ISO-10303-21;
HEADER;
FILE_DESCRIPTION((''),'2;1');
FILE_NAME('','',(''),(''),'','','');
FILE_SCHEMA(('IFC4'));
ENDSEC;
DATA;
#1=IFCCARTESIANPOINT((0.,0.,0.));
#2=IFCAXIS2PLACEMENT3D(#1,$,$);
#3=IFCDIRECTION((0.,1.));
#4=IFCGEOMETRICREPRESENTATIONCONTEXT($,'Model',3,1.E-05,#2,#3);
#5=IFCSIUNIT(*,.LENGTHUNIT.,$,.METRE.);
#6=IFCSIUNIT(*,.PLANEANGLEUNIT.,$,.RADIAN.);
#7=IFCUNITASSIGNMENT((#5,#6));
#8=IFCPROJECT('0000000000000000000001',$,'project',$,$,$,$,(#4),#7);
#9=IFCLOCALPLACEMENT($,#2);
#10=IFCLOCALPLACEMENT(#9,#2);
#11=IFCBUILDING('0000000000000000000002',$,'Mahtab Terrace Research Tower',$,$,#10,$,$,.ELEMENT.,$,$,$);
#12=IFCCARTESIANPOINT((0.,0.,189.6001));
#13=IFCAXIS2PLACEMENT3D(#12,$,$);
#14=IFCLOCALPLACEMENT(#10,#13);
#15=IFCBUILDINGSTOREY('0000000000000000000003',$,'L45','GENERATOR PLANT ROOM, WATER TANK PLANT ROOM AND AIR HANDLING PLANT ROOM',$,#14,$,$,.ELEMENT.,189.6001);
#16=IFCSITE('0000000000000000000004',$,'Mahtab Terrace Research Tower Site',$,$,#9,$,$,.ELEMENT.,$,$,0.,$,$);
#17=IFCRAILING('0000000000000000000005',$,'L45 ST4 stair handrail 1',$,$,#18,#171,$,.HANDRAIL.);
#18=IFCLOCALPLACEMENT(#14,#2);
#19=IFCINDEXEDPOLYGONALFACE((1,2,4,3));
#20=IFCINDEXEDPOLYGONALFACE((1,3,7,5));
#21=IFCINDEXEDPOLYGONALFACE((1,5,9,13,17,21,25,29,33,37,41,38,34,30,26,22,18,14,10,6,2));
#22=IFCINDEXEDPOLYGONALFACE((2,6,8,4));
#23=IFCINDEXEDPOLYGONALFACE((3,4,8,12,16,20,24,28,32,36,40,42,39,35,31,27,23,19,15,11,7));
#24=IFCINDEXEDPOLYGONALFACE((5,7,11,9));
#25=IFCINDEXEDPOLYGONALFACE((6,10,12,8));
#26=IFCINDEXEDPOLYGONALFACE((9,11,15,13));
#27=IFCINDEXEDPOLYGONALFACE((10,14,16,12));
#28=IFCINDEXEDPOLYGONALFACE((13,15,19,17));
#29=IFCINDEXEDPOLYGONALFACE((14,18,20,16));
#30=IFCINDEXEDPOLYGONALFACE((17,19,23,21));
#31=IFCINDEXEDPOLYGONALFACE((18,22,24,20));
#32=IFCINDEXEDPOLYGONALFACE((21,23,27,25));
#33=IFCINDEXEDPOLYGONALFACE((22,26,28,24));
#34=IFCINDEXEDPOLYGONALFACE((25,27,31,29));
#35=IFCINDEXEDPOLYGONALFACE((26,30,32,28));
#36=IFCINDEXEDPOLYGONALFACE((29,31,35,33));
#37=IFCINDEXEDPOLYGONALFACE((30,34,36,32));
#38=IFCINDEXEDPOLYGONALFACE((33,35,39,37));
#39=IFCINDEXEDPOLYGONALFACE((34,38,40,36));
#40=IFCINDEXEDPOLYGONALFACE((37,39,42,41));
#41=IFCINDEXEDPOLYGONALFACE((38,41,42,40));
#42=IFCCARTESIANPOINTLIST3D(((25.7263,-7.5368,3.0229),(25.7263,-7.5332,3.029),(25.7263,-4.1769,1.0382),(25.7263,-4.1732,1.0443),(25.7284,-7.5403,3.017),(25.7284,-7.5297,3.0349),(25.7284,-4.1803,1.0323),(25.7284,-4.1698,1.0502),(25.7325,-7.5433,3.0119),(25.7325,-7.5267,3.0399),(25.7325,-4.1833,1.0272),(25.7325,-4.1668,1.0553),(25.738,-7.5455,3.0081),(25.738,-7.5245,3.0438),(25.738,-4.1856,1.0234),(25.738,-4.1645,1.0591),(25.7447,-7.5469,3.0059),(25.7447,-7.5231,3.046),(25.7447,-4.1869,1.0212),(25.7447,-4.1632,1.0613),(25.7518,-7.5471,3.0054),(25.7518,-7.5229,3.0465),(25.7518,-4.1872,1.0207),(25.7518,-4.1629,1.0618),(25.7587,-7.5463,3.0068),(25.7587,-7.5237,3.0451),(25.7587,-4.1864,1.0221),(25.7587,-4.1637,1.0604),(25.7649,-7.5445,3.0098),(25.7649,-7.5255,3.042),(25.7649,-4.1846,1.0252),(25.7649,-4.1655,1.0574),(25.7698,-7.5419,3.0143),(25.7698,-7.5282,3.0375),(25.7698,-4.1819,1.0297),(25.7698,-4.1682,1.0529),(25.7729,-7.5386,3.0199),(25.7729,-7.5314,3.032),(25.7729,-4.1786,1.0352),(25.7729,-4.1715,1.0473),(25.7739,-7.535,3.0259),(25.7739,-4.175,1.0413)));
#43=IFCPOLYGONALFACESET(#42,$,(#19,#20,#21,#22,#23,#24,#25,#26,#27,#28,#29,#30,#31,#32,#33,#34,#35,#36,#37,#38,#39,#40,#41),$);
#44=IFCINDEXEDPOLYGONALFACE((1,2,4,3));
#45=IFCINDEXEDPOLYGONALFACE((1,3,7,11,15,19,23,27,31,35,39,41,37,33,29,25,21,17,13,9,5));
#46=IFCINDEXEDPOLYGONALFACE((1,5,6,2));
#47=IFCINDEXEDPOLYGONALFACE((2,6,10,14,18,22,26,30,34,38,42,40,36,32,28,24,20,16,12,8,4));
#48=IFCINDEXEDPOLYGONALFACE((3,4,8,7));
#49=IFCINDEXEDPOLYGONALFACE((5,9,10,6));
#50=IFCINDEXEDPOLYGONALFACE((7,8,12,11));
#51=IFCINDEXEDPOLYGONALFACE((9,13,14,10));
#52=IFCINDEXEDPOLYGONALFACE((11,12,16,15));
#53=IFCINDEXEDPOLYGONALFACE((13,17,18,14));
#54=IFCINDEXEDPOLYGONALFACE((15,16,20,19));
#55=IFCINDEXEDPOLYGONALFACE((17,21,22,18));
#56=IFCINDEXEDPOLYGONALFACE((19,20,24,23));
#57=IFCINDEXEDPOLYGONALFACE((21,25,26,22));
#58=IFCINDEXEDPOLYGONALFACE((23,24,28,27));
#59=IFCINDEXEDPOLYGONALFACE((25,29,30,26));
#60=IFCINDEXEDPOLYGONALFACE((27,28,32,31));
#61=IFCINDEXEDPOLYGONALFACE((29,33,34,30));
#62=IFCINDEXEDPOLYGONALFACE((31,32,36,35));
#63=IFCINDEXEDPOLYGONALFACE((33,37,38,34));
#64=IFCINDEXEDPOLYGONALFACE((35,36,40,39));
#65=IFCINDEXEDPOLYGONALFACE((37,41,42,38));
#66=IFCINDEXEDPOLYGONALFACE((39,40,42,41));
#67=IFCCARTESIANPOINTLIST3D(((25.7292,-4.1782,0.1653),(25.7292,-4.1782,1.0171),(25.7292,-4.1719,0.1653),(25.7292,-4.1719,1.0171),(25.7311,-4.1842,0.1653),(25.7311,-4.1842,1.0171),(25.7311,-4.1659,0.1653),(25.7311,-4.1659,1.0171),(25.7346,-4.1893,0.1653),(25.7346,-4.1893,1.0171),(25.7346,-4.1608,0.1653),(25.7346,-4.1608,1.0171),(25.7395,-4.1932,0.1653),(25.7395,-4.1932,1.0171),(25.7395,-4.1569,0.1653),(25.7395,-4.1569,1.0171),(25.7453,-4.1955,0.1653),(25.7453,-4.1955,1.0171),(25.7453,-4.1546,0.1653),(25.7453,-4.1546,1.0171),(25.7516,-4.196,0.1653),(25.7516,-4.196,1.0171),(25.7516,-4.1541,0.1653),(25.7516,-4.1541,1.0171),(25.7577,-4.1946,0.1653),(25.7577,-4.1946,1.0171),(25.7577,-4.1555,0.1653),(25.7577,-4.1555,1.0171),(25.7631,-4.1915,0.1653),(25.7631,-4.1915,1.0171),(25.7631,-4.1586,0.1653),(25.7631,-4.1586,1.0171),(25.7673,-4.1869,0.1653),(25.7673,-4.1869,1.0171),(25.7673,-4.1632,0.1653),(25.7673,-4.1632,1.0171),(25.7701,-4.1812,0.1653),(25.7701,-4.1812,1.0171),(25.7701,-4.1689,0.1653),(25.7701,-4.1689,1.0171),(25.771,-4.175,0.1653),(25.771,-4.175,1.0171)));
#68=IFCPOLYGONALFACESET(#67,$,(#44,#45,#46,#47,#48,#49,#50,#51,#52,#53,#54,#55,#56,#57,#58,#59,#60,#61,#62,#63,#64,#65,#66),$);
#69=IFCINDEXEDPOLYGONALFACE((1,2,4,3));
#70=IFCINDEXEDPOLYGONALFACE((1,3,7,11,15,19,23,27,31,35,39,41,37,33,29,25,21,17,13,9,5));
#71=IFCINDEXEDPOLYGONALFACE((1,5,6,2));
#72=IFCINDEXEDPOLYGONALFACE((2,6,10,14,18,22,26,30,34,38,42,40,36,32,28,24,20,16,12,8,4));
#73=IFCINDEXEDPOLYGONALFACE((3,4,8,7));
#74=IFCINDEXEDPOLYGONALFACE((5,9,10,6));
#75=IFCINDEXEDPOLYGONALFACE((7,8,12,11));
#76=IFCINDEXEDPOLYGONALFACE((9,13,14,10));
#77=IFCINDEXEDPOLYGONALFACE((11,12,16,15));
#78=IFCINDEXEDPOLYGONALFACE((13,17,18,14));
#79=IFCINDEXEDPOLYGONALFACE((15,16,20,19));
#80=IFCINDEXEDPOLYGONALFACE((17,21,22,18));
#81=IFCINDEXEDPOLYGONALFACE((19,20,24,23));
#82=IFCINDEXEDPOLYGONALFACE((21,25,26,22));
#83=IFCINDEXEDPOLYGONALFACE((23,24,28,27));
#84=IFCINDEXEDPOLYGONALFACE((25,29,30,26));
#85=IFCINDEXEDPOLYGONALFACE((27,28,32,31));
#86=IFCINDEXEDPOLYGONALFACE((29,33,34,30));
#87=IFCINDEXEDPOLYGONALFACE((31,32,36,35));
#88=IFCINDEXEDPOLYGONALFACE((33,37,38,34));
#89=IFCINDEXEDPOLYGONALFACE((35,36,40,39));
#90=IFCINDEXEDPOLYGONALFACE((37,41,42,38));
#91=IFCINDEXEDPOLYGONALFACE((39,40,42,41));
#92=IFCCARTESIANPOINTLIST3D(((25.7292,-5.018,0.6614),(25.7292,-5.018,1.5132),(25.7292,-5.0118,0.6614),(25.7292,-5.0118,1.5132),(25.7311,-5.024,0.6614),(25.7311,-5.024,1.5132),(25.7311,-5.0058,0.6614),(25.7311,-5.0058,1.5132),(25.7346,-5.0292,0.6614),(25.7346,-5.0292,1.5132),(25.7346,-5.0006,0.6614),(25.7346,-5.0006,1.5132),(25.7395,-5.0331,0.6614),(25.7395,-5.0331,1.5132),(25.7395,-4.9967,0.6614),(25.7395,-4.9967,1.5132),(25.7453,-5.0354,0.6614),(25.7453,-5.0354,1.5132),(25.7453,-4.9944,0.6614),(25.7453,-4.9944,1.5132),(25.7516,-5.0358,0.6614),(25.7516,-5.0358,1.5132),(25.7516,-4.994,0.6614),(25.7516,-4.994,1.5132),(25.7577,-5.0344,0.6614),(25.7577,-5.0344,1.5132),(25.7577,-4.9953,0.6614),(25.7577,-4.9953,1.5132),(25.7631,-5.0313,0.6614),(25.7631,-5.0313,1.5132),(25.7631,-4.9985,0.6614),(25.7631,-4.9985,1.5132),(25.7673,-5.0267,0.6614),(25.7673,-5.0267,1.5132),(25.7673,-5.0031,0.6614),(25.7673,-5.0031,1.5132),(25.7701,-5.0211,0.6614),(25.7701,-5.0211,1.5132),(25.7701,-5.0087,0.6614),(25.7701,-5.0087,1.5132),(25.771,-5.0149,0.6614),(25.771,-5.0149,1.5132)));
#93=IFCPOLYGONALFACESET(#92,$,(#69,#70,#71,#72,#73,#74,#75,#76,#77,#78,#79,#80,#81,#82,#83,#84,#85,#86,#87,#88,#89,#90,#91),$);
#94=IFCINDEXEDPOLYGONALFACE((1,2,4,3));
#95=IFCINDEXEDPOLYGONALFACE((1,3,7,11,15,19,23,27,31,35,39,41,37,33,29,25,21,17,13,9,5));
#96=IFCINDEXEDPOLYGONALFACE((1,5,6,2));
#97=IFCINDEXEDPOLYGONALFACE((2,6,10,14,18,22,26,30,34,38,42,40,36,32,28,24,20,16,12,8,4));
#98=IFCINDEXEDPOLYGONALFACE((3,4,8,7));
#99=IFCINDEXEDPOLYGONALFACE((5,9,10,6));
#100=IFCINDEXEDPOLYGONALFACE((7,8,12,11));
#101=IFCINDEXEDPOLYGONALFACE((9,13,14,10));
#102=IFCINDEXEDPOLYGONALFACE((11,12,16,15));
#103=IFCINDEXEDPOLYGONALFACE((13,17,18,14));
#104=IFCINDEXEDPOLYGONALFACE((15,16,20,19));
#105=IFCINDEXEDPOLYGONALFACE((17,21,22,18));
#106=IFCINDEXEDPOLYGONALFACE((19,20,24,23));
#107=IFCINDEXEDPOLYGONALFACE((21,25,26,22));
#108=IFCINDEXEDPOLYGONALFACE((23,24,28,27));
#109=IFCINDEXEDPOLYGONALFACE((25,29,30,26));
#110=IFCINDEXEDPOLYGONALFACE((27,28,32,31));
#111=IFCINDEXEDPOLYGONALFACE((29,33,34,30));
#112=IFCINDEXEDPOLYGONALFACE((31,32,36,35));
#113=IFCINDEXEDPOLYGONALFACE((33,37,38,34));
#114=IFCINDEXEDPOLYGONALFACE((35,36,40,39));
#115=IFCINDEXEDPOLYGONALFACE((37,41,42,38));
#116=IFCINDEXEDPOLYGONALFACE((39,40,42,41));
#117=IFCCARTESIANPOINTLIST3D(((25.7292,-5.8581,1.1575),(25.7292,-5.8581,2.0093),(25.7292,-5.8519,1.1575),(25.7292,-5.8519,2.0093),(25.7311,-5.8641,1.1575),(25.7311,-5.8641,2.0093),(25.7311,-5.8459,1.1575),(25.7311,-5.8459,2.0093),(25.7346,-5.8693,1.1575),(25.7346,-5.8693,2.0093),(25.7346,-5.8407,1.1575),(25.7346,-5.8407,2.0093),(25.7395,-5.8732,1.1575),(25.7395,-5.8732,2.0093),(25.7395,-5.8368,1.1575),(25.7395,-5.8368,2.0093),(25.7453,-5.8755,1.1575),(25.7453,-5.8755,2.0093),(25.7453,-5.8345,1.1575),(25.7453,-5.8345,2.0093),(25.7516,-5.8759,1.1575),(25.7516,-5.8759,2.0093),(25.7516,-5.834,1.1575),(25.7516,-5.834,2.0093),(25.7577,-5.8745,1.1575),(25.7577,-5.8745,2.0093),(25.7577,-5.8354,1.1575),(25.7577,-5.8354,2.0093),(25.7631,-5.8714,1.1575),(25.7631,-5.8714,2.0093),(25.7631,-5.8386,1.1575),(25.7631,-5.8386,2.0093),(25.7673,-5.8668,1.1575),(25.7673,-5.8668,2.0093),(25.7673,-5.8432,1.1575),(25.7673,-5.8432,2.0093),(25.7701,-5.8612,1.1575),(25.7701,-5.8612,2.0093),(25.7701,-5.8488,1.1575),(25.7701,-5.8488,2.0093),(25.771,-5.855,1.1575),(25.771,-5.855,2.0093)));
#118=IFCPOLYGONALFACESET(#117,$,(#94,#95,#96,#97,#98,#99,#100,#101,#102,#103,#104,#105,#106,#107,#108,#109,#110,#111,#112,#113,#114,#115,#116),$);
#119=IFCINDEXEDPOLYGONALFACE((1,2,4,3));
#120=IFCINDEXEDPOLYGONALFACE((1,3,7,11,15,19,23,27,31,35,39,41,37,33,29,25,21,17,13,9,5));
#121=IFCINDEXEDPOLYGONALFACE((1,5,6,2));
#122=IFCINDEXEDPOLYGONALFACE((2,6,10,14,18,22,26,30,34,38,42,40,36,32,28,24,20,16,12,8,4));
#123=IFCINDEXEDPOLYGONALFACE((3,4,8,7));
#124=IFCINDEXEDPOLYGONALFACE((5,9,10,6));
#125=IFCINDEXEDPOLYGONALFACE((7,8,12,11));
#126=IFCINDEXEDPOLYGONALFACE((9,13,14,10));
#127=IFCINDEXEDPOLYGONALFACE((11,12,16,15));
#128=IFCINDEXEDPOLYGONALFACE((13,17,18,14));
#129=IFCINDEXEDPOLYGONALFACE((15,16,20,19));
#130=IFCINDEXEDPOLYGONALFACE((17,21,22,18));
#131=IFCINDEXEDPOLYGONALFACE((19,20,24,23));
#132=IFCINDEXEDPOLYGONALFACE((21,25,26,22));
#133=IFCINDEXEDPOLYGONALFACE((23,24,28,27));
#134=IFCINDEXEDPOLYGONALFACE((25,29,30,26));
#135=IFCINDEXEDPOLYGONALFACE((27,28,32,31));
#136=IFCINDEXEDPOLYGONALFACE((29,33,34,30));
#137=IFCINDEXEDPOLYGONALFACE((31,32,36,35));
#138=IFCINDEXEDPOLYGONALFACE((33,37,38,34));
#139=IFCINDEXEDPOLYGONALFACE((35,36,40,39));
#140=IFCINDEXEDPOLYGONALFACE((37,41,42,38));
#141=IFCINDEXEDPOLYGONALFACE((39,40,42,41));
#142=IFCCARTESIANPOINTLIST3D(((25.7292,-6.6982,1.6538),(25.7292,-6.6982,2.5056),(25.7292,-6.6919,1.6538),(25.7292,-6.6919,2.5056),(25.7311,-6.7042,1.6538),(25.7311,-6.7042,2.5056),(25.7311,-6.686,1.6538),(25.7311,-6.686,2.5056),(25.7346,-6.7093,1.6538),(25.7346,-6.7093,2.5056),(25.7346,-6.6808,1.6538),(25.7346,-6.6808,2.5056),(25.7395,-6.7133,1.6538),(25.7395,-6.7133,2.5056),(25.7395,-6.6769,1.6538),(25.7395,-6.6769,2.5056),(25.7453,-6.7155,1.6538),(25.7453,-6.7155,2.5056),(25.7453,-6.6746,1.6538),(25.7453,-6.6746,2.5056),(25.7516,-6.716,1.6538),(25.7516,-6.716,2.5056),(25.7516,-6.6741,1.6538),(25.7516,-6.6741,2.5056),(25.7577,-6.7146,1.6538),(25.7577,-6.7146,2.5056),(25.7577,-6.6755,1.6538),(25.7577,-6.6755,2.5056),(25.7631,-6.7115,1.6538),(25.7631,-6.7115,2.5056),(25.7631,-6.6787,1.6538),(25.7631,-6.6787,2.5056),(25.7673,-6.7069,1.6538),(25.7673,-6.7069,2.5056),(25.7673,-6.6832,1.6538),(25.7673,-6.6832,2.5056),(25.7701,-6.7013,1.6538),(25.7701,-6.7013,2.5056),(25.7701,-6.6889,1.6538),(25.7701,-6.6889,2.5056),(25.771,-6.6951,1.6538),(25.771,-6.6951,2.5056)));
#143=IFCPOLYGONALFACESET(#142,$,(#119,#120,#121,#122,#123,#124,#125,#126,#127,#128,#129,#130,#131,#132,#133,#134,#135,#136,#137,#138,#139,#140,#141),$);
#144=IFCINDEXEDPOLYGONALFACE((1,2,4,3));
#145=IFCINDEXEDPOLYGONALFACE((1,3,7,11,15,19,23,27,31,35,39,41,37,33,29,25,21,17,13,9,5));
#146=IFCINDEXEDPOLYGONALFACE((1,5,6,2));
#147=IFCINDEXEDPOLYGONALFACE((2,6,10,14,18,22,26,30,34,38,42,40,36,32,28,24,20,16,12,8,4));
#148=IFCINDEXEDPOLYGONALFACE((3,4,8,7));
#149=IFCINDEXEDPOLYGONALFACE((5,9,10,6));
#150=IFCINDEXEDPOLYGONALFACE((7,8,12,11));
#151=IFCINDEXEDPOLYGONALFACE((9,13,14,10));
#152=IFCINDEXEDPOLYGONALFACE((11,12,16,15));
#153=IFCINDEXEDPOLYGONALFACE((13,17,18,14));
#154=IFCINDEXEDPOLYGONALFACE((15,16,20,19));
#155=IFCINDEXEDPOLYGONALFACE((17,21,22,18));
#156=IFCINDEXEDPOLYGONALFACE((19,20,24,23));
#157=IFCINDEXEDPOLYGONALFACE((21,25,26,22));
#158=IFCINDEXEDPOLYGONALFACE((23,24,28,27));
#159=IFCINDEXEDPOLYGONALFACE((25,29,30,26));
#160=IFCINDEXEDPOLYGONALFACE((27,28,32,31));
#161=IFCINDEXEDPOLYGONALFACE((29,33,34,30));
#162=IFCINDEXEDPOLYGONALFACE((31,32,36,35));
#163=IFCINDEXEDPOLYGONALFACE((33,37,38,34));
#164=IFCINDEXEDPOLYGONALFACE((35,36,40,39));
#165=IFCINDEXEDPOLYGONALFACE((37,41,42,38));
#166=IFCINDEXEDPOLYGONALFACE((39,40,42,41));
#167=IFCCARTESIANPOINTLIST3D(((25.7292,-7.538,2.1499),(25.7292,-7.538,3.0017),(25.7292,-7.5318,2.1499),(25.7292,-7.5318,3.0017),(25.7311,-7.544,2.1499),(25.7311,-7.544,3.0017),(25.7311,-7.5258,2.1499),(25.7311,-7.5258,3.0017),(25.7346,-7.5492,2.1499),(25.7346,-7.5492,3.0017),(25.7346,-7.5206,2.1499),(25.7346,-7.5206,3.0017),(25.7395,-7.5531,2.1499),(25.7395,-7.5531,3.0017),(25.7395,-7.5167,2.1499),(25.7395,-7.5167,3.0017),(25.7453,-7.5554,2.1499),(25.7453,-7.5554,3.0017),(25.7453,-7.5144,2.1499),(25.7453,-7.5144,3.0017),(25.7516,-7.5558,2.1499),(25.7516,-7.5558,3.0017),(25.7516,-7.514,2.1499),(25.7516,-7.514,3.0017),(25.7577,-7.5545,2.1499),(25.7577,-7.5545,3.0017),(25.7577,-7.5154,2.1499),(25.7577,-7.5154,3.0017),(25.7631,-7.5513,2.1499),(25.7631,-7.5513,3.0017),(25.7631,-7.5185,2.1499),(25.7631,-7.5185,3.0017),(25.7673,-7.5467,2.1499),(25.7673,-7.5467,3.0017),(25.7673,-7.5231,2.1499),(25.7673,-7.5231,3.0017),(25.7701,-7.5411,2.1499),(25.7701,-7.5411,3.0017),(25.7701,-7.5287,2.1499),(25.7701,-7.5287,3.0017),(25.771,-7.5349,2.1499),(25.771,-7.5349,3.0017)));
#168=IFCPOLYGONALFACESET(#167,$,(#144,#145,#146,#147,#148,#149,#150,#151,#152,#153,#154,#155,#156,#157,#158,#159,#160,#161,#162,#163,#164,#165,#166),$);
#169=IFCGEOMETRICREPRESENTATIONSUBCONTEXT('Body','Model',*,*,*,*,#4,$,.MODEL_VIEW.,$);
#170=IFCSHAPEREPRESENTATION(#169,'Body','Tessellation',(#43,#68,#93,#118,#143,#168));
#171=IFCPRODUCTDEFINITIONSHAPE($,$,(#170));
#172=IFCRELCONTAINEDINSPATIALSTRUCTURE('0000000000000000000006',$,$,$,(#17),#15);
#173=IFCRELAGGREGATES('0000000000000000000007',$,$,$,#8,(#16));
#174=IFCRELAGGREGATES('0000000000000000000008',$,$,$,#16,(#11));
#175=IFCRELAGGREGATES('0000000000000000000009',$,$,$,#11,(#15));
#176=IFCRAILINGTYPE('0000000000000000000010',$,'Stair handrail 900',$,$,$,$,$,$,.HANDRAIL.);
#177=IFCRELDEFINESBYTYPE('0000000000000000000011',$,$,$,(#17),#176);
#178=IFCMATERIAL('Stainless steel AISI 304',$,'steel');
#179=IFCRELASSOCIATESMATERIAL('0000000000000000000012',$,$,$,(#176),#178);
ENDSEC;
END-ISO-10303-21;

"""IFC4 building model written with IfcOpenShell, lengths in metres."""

from ifc_helpers import new_model, si_unit, direction, frame, origin, origin_2d, place, context, subcontext, project, spatial, circle, extrude, material, type_object, element, save


model = new_model("IFC4")

# Units and contexts
model_context = context("Model", 3, precision=1e-05, world=origin(), true_north=direction((0.0, 1.0)))
body_context = subcontext(model_context, "Body", "Model", "MODEL_VIEW")
ifc_project = project(units=[si_unit("LENGTHUNIT", "METRE"), si_unit("PLANEANGLEUNIT", "RADIAN")], contexts=[model_context])

# Site, building, storey
site_placement = place(None, origin())
site = spatial("IfcSite", under=ifc_project, at=site_placement, Name="Mahtab Terrace Research Tower Site", CompositionType="ELEMENT", RefElevation=0.0)
building_placement = place(site_placement, origin())
building = spatial("IfcBuilding", under=site, at=building_placement, Name="Mahtab Terrace Research Tower", CompositionType="ELEMENT")
storey_placement = place(building_placement, frame((0.0, 0.0, 189.6001)))
storey = spatial("IfcBuildingStorey", under=building, at=storey_placement, Name="L45", Description="GENERATOR PLANT ROOM, WATER TANK PLANT ROOM AND AIR HANDLING PLANT ROOM", CompositionType="ELEMENT", Elevation=189.6001)

# Shared definitions
ifc_material_1 = material(Name="Stainless steel AISI 304", Category="steel")

# Railing
railing_type_1 = type_object("IfcRailingType", Name="Stair handrail 900", PredefinedType="HANDRAIL", material=ifc_material_1)
railing_1_placement = place(storey_placement, frame((25.75, -4.175, 0.1653)))
element("IfcRailing", 1, at=railing_1_placement, inside=storey, type_object=railing_type_1, Name="L45 ST4 stair handrail 1", PredefinedType="HANDRAIL", context=body_context, shape_type="SweptSolid", body=[
    extrude(circle(Radius=0.0239, at=origin_2d()), frame((0.0, 0.0, 0.876), z_axis=(0.0, -0.861011, 0.508586), x_axis=(1.0, 0.0, 0.0)), (0.0, 0.0, 1.0), 3.9023),
    extrude(circle(Radius=0.021, at=origin_2d()), origin(), (0.0, 0.0, 1.0), 0.8518),
    extrude(circle(Radius=0.021, at=origin_2d()), frame((0.0, -0.8398, 0.4961)), (0.0, 0.0, 1.0), 0.8518),
    extrude(circle(Radius=0.021, at=origin_2d()), frame((0.0, -1.6799, 0.9922)), (0.0, 0.0, 1.0), 0.8518),
    extrude(circle(Radius=0.021, at=origin_2d()), frame((0.0, -2.52, 1.4885)), (0.0, 0.0, 1.0), 0.8518),
    extrude(circle(Radius=0.021, at=origin_2d()), frame((0.0, -3.3599, 1.9846)), (0.0, 0.0, 1.0), 0.8518),
])

save(model, "model.ifc")
